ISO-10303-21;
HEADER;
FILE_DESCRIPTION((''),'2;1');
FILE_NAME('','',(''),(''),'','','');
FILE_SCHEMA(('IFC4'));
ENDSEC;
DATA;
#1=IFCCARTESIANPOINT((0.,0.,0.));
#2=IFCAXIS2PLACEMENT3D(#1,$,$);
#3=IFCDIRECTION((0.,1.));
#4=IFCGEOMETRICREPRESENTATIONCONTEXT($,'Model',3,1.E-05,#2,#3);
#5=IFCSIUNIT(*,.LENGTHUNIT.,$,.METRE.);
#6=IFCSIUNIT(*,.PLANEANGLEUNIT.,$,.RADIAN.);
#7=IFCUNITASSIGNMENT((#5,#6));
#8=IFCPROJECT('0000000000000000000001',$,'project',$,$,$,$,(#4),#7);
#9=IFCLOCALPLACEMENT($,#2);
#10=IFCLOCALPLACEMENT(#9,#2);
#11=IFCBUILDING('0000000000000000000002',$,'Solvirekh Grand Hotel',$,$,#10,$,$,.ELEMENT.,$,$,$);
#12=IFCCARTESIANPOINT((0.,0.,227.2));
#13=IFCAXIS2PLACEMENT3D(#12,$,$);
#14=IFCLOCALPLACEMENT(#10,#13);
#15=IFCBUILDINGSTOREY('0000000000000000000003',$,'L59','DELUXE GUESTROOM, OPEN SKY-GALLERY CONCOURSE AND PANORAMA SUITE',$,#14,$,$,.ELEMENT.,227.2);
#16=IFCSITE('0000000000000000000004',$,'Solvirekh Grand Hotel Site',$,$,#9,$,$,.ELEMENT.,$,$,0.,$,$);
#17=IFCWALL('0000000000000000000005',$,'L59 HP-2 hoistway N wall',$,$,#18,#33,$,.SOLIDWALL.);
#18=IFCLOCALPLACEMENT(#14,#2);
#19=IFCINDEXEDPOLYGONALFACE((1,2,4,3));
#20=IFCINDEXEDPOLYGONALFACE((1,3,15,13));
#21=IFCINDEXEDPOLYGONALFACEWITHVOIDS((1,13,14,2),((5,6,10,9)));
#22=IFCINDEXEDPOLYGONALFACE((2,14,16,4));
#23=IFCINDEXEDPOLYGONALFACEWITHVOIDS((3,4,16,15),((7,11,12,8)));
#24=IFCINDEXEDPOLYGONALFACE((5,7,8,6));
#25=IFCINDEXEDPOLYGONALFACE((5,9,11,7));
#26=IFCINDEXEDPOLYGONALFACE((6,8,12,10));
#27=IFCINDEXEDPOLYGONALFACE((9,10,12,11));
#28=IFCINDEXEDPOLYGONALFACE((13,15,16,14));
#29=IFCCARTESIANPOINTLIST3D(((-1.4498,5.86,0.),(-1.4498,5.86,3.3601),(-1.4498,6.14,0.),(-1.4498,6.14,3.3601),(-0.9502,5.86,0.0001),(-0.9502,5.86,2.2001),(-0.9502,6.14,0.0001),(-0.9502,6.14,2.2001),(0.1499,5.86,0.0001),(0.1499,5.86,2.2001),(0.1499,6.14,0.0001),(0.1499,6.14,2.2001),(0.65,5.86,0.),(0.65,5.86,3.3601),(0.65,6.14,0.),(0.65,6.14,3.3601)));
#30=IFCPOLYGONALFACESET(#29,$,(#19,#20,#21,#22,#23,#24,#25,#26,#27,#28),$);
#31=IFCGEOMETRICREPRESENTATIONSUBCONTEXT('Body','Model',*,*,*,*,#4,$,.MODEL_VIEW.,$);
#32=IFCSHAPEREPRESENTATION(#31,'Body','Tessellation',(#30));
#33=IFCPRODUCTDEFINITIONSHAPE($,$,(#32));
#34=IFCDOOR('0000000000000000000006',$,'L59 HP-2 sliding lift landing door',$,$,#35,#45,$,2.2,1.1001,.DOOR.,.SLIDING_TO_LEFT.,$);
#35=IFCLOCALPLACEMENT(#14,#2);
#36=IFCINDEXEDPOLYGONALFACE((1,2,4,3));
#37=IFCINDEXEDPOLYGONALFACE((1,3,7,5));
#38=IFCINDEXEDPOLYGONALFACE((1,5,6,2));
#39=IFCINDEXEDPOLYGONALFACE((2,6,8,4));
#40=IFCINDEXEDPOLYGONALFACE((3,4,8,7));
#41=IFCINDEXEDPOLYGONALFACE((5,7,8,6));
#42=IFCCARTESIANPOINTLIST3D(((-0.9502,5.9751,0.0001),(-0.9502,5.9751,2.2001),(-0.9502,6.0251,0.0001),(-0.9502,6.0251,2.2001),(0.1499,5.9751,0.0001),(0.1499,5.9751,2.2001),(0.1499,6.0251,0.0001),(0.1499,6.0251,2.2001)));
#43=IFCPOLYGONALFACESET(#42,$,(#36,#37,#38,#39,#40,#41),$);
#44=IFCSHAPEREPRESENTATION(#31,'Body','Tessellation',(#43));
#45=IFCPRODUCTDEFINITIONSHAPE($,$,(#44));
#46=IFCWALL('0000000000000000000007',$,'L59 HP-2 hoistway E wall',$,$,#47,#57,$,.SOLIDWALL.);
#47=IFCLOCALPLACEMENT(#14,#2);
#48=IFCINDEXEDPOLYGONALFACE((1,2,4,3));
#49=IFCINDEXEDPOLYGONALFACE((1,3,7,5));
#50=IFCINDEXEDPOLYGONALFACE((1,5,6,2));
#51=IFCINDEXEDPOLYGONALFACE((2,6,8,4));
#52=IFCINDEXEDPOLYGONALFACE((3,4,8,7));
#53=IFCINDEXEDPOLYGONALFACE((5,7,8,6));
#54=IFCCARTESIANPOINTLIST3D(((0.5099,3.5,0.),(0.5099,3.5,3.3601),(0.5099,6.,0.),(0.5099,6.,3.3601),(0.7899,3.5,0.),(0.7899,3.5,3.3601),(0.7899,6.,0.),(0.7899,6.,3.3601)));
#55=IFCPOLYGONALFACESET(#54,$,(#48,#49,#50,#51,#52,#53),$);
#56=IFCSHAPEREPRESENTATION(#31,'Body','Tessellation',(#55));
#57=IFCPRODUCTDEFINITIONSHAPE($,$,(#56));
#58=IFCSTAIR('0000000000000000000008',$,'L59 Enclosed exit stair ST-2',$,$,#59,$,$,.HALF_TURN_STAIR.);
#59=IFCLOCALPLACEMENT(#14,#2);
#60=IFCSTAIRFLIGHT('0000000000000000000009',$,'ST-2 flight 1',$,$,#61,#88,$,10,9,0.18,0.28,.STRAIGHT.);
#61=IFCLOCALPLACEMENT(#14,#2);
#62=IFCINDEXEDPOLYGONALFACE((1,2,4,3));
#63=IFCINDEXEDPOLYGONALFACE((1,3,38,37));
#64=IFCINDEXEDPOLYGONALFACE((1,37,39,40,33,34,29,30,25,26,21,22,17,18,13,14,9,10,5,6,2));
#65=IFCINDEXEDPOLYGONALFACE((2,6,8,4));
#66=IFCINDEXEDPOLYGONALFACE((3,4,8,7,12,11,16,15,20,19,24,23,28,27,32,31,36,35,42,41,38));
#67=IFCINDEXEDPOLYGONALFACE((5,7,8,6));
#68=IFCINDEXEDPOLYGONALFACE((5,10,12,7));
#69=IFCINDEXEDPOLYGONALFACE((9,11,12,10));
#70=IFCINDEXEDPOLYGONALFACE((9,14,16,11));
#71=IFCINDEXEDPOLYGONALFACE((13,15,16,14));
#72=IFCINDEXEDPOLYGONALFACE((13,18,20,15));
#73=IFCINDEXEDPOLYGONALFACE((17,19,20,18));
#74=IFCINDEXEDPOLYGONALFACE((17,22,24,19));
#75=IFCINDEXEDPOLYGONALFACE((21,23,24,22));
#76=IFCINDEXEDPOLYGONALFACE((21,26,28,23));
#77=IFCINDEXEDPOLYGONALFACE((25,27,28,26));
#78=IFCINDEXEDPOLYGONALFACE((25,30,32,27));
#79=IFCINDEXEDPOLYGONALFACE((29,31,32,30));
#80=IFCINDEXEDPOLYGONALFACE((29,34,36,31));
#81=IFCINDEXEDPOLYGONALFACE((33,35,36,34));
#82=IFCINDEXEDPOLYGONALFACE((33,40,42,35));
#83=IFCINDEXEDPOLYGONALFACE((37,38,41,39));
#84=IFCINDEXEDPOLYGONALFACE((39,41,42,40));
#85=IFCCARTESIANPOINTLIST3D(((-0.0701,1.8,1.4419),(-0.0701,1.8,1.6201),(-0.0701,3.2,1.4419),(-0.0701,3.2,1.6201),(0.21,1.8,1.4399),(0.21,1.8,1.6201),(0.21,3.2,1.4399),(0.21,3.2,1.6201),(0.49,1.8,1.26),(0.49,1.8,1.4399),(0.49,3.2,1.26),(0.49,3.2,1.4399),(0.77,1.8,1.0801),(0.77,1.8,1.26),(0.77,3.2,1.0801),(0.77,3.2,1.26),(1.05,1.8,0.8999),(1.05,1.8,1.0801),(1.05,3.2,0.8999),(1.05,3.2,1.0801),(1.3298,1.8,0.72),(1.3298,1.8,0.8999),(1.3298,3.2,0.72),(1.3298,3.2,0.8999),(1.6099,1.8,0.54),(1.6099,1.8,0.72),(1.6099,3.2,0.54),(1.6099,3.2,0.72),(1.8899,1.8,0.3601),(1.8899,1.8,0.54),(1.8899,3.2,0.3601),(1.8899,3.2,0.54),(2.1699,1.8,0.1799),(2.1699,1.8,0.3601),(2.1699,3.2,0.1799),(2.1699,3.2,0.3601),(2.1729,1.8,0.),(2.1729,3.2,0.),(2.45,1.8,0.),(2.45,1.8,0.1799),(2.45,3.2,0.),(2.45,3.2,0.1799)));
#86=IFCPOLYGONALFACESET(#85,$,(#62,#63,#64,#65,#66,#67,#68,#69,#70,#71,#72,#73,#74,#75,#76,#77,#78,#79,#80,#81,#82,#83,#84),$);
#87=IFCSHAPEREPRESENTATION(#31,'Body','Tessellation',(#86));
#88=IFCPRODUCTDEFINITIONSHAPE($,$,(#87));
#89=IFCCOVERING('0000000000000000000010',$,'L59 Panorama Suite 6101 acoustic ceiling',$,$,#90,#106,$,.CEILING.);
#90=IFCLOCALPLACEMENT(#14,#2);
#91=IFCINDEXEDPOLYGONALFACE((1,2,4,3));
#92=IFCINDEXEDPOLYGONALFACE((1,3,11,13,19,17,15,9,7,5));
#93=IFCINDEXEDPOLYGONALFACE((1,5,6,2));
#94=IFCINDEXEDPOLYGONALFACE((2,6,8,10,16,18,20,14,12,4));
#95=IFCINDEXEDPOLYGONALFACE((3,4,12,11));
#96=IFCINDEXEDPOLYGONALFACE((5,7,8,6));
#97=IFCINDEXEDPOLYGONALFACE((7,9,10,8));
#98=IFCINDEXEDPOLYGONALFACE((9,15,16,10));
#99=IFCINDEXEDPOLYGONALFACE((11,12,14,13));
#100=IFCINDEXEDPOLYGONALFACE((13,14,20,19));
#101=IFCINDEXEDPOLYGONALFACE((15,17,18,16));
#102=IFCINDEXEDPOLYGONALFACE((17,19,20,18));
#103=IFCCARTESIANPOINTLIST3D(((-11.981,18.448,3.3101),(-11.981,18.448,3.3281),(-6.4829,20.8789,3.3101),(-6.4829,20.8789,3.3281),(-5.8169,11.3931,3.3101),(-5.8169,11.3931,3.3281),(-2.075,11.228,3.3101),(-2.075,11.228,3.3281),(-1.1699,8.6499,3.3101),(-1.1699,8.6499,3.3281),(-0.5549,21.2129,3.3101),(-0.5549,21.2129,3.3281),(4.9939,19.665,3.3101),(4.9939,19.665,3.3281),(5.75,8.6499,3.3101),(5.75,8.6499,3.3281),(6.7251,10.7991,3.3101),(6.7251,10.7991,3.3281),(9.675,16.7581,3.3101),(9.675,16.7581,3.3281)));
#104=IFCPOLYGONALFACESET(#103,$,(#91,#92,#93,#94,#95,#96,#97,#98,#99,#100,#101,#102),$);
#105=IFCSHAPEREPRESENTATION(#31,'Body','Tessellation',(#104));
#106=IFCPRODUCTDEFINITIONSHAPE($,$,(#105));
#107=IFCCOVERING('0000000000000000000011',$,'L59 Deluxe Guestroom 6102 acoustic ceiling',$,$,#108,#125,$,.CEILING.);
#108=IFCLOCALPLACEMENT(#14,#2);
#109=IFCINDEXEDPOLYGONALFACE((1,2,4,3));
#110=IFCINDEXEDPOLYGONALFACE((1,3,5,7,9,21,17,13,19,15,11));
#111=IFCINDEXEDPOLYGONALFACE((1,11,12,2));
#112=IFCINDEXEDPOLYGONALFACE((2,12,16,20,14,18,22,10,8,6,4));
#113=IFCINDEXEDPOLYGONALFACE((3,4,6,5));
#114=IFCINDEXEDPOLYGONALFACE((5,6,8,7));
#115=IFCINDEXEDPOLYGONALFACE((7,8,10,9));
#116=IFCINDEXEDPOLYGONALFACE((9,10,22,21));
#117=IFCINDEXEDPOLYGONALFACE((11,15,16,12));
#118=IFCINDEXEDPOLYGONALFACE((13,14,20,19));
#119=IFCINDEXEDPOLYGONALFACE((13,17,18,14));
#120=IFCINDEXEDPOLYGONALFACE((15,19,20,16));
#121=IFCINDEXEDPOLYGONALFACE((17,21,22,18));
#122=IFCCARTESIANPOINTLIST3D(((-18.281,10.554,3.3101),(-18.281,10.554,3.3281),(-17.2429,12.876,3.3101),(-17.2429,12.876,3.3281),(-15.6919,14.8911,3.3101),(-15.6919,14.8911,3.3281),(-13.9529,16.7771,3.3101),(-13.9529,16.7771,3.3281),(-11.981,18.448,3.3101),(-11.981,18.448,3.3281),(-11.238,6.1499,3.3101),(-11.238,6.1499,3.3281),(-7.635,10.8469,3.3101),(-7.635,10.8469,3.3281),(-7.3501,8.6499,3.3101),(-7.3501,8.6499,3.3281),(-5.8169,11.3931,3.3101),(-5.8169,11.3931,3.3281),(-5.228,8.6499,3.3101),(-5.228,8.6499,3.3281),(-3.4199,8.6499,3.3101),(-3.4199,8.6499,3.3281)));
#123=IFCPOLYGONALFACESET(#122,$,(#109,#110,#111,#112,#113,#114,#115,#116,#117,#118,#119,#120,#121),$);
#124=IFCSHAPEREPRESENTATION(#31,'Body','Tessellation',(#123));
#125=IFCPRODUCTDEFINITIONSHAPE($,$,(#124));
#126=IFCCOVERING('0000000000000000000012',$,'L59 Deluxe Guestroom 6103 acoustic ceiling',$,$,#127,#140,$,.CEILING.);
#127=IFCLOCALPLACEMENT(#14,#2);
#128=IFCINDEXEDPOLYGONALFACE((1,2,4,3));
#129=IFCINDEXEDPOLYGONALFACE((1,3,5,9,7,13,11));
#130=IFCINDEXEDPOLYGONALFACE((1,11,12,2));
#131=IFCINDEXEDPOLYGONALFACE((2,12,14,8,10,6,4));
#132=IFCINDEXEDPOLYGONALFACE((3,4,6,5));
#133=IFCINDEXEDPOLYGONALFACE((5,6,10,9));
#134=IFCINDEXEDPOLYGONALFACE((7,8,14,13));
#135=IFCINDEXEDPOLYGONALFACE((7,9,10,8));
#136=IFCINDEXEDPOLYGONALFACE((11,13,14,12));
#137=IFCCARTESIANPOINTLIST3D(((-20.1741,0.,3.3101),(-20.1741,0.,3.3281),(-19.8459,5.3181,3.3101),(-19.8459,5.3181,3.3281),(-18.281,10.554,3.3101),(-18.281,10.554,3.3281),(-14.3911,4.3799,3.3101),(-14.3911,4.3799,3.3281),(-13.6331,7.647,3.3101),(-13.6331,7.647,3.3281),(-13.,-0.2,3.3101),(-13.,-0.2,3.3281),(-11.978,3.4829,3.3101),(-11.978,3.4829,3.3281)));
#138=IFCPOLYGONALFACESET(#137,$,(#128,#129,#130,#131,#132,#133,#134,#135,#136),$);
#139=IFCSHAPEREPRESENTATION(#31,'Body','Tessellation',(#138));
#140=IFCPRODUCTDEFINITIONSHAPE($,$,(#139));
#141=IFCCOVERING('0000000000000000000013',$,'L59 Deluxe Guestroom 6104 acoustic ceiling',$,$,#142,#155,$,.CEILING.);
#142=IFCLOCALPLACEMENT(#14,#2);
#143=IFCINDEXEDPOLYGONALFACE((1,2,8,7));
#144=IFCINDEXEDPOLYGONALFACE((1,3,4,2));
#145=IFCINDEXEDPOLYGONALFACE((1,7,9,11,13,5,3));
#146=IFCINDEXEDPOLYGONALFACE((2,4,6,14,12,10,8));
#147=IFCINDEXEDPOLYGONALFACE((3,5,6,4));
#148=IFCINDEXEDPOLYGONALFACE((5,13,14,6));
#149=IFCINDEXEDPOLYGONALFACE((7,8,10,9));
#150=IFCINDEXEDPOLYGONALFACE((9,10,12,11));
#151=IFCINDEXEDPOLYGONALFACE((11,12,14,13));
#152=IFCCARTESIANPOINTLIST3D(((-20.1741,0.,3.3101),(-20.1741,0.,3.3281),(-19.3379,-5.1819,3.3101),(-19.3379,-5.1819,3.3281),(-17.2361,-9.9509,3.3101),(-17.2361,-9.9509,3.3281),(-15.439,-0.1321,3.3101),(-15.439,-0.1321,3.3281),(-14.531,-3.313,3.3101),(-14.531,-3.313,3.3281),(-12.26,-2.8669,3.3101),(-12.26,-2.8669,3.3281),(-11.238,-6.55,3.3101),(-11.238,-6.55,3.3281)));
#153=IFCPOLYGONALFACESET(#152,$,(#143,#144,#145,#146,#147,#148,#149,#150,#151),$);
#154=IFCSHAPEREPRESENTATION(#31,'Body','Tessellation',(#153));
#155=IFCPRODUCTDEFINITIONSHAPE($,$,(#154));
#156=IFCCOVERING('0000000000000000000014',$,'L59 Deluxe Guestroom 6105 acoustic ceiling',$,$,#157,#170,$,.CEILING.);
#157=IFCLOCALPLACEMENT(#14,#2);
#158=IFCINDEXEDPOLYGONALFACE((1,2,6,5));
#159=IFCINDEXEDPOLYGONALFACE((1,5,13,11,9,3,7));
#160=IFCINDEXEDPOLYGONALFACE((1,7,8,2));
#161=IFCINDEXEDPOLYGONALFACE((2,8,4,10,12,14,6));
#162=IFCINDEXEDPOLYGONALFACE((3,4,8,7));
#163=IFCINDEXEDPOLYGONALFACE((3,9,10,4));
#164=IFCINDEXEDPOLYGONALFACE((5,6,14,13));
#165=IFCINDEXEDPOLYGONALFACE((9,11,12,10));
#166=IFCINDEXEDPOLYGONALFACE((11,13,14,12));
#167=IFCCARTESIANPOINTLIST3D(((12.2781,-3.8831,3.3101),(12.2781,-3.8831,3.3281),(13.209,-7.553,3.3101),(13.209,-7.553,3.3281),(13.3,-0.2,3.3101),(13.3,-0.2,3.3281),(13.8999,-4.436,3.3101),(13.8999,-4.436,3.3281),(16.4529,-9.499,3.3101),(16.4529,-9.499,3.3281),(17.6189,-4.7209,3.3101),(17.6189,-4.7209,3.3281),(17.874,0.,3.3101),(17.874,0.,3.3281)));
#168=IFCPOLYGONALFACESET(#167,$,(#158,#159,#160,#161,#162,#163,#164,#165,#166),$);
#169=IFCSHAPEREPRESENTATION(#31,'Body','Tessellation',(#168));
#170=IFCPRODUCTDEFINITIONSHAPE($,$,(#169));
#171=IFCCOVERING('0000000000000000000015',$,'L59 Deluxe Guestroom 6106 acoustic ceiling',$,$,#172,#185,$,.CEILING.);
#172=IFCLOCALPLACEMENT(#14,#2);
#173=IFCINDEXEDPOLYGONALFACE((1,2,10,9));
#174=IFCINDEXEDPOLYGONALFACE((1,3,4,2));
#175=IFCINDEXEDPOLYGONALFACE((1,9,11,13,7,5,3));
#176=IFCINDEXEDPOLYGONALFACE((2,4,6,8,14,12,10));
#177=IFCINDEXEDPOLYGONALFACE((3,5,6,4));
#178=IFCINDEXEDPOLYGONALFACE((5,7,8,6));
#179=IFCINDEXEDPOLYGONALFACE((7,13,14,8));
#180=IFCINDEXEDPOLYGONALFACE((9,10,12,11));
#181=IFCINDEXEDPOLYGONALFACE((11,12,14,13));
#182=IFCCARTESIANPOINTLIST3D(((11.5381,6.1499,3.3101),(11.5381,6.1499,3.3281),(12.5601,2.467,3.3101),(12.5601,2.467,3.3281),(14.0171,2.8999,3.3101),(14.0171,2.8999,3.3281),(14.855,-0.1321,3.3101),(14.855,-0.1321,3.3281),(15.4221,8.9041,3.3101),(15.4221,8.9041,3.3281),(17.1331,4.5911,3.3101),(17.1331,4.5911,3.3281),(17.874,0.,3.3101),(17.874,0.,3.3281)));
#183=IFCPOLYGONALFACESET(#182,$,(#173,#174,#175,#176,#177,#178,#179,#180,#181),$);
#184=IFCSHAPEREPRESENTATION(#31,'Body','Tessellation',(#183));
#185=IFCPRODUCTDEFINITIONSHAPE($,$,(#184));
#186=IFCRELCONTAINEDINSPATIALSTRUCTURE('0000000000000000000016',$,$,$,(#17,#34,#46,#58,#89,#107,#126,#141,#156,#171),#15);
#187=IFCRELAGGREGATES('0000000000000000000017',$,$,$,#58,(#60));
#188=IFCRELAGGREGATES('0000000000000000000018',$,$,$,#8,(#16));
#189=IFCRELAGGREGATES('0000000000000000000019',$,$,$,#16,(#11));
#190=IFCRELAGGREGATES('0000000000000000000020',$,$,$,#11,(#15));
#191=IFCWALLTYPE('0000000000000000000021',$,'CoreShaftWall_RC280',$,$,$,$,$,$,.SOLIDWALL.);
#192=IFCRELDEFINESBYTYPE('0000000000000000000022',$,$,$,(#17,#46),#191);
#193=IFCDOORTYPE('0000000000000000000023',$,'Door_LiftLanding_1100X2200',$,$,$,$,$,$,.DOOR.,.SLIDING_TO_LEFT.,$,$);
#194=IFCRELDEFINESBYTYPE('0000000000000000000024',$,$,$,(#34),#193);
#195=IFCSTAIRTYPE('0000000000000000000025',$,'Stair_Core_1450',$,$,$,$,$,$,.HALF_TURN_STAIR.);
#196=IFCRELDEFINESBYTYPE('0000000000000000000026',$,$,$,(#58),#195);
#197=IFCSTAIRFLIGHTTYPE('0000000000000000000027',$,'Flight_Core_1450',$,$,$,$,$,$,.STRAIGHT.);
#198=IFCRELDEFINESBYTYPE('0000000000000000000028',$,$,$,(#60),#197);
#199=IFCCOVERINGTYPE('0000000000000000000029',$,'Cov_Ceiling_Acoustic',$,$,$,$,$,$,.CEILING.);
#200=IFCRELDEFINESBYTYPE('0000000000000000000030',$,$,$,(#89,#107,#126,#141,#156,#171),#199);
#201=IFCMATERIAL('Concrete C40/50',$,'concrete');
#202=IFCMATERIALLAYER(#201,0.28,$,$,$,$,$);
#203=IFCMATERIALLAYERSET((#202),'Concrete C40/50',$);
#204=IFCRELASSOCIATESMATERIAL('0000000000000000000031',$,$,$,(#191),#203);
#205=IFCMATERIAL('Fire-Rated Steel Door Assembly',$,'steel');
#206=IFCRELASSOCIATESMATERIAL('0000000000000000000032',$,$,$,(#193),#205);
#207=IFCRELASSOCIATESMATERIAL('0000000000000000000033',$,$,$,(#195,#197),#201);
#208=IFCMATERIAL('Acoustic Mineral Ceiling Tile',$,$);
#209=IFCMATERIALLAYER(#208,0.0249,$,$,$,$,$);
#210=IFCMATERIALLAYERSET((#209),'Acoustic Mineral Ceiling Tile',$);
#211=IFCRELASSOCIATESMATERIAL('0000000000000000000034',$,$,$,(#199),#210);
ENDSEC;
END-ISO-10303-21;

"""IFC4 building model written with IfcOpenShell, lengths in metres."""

from ifc_helpers import new_model, si_unit, direction, frame, frame_2d, origin, place, context, subcontext, project, spatial, polyline, rectangle, outline, extrude, material, layer, layer_set, type_object, element, fill, aggregate, save


model = new_model("IFC4")

# Units and contexts
model_context = context("Model", 3, precision=1e-05, world=origin(), true_north=direction((0.0, 1.0)))
body_context = subcontext(model_context, "Body", "Model", "MODEL_VIEW")
ifc_project = project(units=[si_unit("LENGTHUNIT", "METRE"), si_unit("PLANEANGLEUNIT", "RADIAN")], contexts=[model_context])

# Site, building, storey
site_placement = place(None, origin())
site = spatial("IfcSite", under=ifc_project, at=site_placement, Name="Solvirekh Grand Hotel Site", CompositionType="ELEMENT", RefElevation=0.0)
building_placement = place(site_placement, origin())
building = spatial("IfcBuilding", under=site, at=building_placement, Name="Solvirekh Grand Hotel", CompositionType="ELEMENT")
storey_placement = place(building_placement, frame((0.0, 0.0, 227.2)))
storey = spatial("IfcBuildingStorey", under=building, at=storey_placement, Name="L59", Description="DELUXE GUESTROOM, OPEN SKY-GALLERY CONCOURSE AND PANORAMA SUITE", CompositionType="ELEMENT", Elevation=227.2)

# Wall, opening, door
ifc_material_1 = material(Name="Concrete C40/50", Category="concrete")
ifc_layer_1 = layer(ifc_material_1, 0.28)
ifc_layer_set_1 = layer_set([ifc_layer_1], Name="Concrete C40/50")
wall_type = type_object("IfcWallType", Name="CoreShaftWall_RC280", PredefinedType="SOLIDWALL", material=ifc_layer_set_1)
wall_1_placement = place(storey_placement, frame((0.6499, 6.0, 0.0), z_axis=(0.0, 0.0, 1.0), x_axis=(-1.0, 0.0, 0.0)))
wall_1 = element("IfcWall", 1, at=wall_1_placement, inside=storey, type_object=wall_type, Name="L59 HP-2 hoistway N wall", PredefinedType="SOLIDWALL", context=body_context, shape_type="SweptSolid", body=[
    extrude(rectangle(XDim=2.0999, YDim=0.28, at=frame_2d((1.0498, 0.0))), origin(), (0.0, 0.0, 1.0), 3.3601),
])
opening_placement = place(wall_1_placement, frame((0.5, 0.0, 0.0)))
opening = element("IfcOpeningElement", 2, at=opening_placement, cuts=wall_1, PredefinedType="OPENING", context=body_context, shape_type="SweptSolid", body=[
    extrude(rectangle(XDim=1.1001, YDim=2.2, at=frame_2d((0.55, 1.1001))), frame((0.0, 0.1499, 0.0), z_axis=(0.0, -1.0, 0.0), x_axis=(1.0, 0.0, 0.0)), (0.0, 0.0, 1.0), 0.3),
])
ifc_material_2 = material(Name="Fire-Rated Steel Door Assembly", Category="steel")
door_type = type_object("IfcDoorType", Name="Door_LiftLanding_1100X2200", OperationType="SLIDING_TO_LEFT", PredefinedType="DOOR", material=ifc_material_2)
door_placement = place(opening_placement, origin())
door = element("IfcDoor", 3, at=door_placement, inside=storey, type_object=door_type, Name="L59 HP-2 sliding lift landing door", OperationType="SLIDING_TO_LEFT", OverallHeight=2.2, OverallWidth=1.1001, PredefinedType="DOOR", context=body_context, shape_type="SweptSolid", body=[
    extrude(rectangle(XDim=1.1001, YDim=2.2, at=frame_2d((0.55, 1.1001))), frame((0.0, 0.0249, 0.0), z_axis=(0.0, -1.0, 0.0), x_axis=(1.0, 0.0, 0.0)), (0.0, 0.0, 1.0), 0.05),
])
fill(opening, door)

# Wall
wall_2_placement = place(storey_placement, frame((0.6499, 3.5, 0.0), z_axis=(0.0, 0.0, 1.0), x_axis=(0.0, 1.0, 0.0)))
element("IfcWall", 4, at=wall_2_placement, inside=storey, type_object=wall_type, Name="L59 HP-2 hoistway E wall", PredefinedType="SOLIDWALL", context=body_context, shape_type="SweptSolid", body=[
    extrude(rectangle(XDim=2.5, YDim=0.28, at=frame_2d((1.25, 0.0))), origin(), (0.0, 0.0, 1.0), 3.3601),
])

# Stair, stair flight
stair_type = type_object("IfcStairType", Name="Stair_Core_1450", PredefinedType="HALF_TURN_STAIR", material=ifc_material_1)
stair_placement = place(storey_placement, origin())
stair = element("IfcStair", 5, at=stair_placement, inside=storey, type_object=stair_type, Name="L59 Enclosed exit stair ST-2", PredefinedType="HALF_TURN_STAIR")
stair_flight_type = type_object("IfcStairFlightType", Name="Flight_Core_1450", PredefinedType="STRAIGHT", material=ifc_material_1)
stair_flight_placement = place(storey_placement, frame((2.45, 2.5, 0.0), z_axis=(0.0, 0.0, 1.0), x_axis=(-1.0, 0.0, 0.0)))
stair_flight = element("IfcStairFlight", 6, at=stair_flight_placement, type_object=stair_flight_type, Name="ST-2 flight 1", NumberOfRisers=10, NumberOfTreads=9, PredefinedType="STRAIGHT", RiserHeight=0.18, TreadLength=0.28, context=body_context, shape_type="SweptSolid", body=[
    extrude(outline(polyline([(0.0, 0.0), (0.0, 0.1799), (0.28, 0.1799), (0.28, 0.3601), (0.5601, 0.3601), (0.5601, 0.54), (0.8401, 0.54), (0.8401, 0.72), (1.1201, 0.72), (1.1201, 0.8999), (1.3999, 0.8999), (1.3999, 1.0801), (1.6799, 1.0801), (1.6799, 1.26), (1.96, 1.26), (1.96, 1.4399), (2.24, 1.4399), (2.24, 1.6201), (2.52, 1.6201), (2.52, 1.8), (2.52, 1.4419), (0.2771, 0.0), (0.0, 0.0)])), frame((0.0, 0.7, 0.0), z_axis=(0.0, -1.0, 0.0), x_axis=(1.0, 0.0, 0.0)), (0.0, 0.0, 1.0), 1.3999),
])
aggregate(stair, [stair_flight])

# Coverings
ifc_material_3 = material(Name="Acoustic Mineral Ceiling Tile")
ifc_layer_2 = layer(ifc_material_3, 0.0249)
ifc_layer_set_2 = layer_set([ifc_layer_2], Name="Acoustic Mineral Ceiling Tile")
covering_type_1 = type_object("IfcCoveringType", Name="Cov_Ceiling_Acoustic", PredefinedType="CEILING", material=ifc_layer_set_2)
covering_1_placement = place(storey_placement, frame((0.0, 0.0, 3.3101)))
element("IfcCovering", 7, at=covering_1_placement, inside=storey, type_object=covering_type_1, Name="L59 Panorama Suite 6101 acoustic ceiling", PredefinedType="CEILING", context=body_context, shape_type="SweptSolid", body=[
    extrude(outline(polyline([(-5.8169, 11.3931), (-2.075, 11.228), (-1.1699, 8.6499), (5.75, 8.6499), (6.7251, 10.7991), (9.675, 16.7581), (4.9939, 19.665), (-0.5549, 21.2129), (-6.4829, 20.8789), (-11.981, 18.448), (-5.8169, 11.3931)])), origin(), (0.0, 0.0, 1.0), 0.0181),
])
covering_2_placement = place(storey_placement, frame((0.0, 0.0, 3.3101)))
element("IfcCovering", 8, at=covering_2_placement, inside=storey, type_object=covering_type_1, Name="L59 Deluxe Guestroom 6102 acoustic ceiling", PredefinedType="CEILING", context=body_context, shape_type="SweptSolid", body=[
    extrude(outline(polyline([(-5.228, 8.6499), (-7.635, 10.8469), (-5.8169, 11.3931), (-3.4199, 8.6499), (-11.981, 18.448), (-13.9529, 16.7771), (-15.6919, 14.8911), (-17.2429, 12.876), (-18.281, 10.554), (-11.238, 6.1499), (-7.3501, 8.6499), (-5.228, 8.6499)])), origin(), (0.0, 0.0, 1.0), 0.0181),
])
covering_3_placement = place(storey_placement, frame((0.0, 0.0, 3.3101)))
element("IfcCovering", 9, at=covering_3_placement, inside=storey, type_object=covering_type_1, Name="L59 Deluxe Guestroom 6103 acoustic ceiling", PredefinedType="CEILING", context=body_context, shape_type="SweptSolid", body=[
    extrude(outline(polyline([(-14.3911, 4.3799), (-13.6331, 7.647), (-18.281, 10.554), (-19.8459, 5.3181), (-20.1741, 0.0), (-13.0, -0.2), (-11.978, 3.4829), (-14.3911, 4.3799)])), origin(), (0.0, 0.0, 1.0), 0.0181),
])
covering_4_placement = place(storey_placement, frame((0.0, 0.0, 3.3101)))
element("IfcCovering", 10, at=covering_4_placement, inside=storey, type_object=covering_type_1, Name="L59 Deluxe Guestroom 6104 acoustic ceiling", PredefinedType="CEILING", context=body_context, shape_type="SweptSolid", body=[
    extrude(outline(polyline([(-14.531, -3.313), (-15.439, -0.1321), (-20.1741, 0.0), (-19.3379, -5.1819), (-17.2361, -9.9509), (-11.238, -6.55), (-12.26, -2.8669), (-14.531, -3.313)])), origin(), (0.0, 0.0, 1.0), 0.0181),
])
covering_5_placement = place(storey_placement, frame((0.0, 0.0, 3.3101)))
element("IfcCovering", 11, at=covering_5_placement, inside=storey, type_object=covering_type_1, Name="L59 Deluxe Guestroom 6105 acoustic ceiling", PredefinedType="CEILING", context=body_context, shape_type="SweptSolid", body=[
    extrude(outline(polyline([(13.8999, -4.436), (13.209, -7.553), (16.4529, -9.499), (17.6189, -4.7209), (17.874, 0.0), (13.3, -0.2), (12.2781, -3.8831), (13.8999, -4.436)])), origin(), (0.0, 0.0, 1.0), 0.0181),
])
covering_6_placement = place(storey_placement, frame((0.0, 0.0, 3.3101)))
element("IfcCovering", 12, at=covering_6_placement, inside=storey, type_object=covering_type_1, Name="L59 Deluxe Guestroom 6106 acoustic ceiling", PredefinedType="CEILING", context=body_context, shape_type="SweptSolid", body=[
    extrude(outline(polyline([(14.0171, 2.8999), (14.855, -0.1321), (17.874, 0.0), (17.1331, 4.5911), (15.4221, 8.9041), (11.5381, 6.1499), (12.5601, 2.467), (14.0171, 2.8999)])), origin(), (0.0, 0.0, 1.0), 0.0181),
])

save(model, "model.ifc")
